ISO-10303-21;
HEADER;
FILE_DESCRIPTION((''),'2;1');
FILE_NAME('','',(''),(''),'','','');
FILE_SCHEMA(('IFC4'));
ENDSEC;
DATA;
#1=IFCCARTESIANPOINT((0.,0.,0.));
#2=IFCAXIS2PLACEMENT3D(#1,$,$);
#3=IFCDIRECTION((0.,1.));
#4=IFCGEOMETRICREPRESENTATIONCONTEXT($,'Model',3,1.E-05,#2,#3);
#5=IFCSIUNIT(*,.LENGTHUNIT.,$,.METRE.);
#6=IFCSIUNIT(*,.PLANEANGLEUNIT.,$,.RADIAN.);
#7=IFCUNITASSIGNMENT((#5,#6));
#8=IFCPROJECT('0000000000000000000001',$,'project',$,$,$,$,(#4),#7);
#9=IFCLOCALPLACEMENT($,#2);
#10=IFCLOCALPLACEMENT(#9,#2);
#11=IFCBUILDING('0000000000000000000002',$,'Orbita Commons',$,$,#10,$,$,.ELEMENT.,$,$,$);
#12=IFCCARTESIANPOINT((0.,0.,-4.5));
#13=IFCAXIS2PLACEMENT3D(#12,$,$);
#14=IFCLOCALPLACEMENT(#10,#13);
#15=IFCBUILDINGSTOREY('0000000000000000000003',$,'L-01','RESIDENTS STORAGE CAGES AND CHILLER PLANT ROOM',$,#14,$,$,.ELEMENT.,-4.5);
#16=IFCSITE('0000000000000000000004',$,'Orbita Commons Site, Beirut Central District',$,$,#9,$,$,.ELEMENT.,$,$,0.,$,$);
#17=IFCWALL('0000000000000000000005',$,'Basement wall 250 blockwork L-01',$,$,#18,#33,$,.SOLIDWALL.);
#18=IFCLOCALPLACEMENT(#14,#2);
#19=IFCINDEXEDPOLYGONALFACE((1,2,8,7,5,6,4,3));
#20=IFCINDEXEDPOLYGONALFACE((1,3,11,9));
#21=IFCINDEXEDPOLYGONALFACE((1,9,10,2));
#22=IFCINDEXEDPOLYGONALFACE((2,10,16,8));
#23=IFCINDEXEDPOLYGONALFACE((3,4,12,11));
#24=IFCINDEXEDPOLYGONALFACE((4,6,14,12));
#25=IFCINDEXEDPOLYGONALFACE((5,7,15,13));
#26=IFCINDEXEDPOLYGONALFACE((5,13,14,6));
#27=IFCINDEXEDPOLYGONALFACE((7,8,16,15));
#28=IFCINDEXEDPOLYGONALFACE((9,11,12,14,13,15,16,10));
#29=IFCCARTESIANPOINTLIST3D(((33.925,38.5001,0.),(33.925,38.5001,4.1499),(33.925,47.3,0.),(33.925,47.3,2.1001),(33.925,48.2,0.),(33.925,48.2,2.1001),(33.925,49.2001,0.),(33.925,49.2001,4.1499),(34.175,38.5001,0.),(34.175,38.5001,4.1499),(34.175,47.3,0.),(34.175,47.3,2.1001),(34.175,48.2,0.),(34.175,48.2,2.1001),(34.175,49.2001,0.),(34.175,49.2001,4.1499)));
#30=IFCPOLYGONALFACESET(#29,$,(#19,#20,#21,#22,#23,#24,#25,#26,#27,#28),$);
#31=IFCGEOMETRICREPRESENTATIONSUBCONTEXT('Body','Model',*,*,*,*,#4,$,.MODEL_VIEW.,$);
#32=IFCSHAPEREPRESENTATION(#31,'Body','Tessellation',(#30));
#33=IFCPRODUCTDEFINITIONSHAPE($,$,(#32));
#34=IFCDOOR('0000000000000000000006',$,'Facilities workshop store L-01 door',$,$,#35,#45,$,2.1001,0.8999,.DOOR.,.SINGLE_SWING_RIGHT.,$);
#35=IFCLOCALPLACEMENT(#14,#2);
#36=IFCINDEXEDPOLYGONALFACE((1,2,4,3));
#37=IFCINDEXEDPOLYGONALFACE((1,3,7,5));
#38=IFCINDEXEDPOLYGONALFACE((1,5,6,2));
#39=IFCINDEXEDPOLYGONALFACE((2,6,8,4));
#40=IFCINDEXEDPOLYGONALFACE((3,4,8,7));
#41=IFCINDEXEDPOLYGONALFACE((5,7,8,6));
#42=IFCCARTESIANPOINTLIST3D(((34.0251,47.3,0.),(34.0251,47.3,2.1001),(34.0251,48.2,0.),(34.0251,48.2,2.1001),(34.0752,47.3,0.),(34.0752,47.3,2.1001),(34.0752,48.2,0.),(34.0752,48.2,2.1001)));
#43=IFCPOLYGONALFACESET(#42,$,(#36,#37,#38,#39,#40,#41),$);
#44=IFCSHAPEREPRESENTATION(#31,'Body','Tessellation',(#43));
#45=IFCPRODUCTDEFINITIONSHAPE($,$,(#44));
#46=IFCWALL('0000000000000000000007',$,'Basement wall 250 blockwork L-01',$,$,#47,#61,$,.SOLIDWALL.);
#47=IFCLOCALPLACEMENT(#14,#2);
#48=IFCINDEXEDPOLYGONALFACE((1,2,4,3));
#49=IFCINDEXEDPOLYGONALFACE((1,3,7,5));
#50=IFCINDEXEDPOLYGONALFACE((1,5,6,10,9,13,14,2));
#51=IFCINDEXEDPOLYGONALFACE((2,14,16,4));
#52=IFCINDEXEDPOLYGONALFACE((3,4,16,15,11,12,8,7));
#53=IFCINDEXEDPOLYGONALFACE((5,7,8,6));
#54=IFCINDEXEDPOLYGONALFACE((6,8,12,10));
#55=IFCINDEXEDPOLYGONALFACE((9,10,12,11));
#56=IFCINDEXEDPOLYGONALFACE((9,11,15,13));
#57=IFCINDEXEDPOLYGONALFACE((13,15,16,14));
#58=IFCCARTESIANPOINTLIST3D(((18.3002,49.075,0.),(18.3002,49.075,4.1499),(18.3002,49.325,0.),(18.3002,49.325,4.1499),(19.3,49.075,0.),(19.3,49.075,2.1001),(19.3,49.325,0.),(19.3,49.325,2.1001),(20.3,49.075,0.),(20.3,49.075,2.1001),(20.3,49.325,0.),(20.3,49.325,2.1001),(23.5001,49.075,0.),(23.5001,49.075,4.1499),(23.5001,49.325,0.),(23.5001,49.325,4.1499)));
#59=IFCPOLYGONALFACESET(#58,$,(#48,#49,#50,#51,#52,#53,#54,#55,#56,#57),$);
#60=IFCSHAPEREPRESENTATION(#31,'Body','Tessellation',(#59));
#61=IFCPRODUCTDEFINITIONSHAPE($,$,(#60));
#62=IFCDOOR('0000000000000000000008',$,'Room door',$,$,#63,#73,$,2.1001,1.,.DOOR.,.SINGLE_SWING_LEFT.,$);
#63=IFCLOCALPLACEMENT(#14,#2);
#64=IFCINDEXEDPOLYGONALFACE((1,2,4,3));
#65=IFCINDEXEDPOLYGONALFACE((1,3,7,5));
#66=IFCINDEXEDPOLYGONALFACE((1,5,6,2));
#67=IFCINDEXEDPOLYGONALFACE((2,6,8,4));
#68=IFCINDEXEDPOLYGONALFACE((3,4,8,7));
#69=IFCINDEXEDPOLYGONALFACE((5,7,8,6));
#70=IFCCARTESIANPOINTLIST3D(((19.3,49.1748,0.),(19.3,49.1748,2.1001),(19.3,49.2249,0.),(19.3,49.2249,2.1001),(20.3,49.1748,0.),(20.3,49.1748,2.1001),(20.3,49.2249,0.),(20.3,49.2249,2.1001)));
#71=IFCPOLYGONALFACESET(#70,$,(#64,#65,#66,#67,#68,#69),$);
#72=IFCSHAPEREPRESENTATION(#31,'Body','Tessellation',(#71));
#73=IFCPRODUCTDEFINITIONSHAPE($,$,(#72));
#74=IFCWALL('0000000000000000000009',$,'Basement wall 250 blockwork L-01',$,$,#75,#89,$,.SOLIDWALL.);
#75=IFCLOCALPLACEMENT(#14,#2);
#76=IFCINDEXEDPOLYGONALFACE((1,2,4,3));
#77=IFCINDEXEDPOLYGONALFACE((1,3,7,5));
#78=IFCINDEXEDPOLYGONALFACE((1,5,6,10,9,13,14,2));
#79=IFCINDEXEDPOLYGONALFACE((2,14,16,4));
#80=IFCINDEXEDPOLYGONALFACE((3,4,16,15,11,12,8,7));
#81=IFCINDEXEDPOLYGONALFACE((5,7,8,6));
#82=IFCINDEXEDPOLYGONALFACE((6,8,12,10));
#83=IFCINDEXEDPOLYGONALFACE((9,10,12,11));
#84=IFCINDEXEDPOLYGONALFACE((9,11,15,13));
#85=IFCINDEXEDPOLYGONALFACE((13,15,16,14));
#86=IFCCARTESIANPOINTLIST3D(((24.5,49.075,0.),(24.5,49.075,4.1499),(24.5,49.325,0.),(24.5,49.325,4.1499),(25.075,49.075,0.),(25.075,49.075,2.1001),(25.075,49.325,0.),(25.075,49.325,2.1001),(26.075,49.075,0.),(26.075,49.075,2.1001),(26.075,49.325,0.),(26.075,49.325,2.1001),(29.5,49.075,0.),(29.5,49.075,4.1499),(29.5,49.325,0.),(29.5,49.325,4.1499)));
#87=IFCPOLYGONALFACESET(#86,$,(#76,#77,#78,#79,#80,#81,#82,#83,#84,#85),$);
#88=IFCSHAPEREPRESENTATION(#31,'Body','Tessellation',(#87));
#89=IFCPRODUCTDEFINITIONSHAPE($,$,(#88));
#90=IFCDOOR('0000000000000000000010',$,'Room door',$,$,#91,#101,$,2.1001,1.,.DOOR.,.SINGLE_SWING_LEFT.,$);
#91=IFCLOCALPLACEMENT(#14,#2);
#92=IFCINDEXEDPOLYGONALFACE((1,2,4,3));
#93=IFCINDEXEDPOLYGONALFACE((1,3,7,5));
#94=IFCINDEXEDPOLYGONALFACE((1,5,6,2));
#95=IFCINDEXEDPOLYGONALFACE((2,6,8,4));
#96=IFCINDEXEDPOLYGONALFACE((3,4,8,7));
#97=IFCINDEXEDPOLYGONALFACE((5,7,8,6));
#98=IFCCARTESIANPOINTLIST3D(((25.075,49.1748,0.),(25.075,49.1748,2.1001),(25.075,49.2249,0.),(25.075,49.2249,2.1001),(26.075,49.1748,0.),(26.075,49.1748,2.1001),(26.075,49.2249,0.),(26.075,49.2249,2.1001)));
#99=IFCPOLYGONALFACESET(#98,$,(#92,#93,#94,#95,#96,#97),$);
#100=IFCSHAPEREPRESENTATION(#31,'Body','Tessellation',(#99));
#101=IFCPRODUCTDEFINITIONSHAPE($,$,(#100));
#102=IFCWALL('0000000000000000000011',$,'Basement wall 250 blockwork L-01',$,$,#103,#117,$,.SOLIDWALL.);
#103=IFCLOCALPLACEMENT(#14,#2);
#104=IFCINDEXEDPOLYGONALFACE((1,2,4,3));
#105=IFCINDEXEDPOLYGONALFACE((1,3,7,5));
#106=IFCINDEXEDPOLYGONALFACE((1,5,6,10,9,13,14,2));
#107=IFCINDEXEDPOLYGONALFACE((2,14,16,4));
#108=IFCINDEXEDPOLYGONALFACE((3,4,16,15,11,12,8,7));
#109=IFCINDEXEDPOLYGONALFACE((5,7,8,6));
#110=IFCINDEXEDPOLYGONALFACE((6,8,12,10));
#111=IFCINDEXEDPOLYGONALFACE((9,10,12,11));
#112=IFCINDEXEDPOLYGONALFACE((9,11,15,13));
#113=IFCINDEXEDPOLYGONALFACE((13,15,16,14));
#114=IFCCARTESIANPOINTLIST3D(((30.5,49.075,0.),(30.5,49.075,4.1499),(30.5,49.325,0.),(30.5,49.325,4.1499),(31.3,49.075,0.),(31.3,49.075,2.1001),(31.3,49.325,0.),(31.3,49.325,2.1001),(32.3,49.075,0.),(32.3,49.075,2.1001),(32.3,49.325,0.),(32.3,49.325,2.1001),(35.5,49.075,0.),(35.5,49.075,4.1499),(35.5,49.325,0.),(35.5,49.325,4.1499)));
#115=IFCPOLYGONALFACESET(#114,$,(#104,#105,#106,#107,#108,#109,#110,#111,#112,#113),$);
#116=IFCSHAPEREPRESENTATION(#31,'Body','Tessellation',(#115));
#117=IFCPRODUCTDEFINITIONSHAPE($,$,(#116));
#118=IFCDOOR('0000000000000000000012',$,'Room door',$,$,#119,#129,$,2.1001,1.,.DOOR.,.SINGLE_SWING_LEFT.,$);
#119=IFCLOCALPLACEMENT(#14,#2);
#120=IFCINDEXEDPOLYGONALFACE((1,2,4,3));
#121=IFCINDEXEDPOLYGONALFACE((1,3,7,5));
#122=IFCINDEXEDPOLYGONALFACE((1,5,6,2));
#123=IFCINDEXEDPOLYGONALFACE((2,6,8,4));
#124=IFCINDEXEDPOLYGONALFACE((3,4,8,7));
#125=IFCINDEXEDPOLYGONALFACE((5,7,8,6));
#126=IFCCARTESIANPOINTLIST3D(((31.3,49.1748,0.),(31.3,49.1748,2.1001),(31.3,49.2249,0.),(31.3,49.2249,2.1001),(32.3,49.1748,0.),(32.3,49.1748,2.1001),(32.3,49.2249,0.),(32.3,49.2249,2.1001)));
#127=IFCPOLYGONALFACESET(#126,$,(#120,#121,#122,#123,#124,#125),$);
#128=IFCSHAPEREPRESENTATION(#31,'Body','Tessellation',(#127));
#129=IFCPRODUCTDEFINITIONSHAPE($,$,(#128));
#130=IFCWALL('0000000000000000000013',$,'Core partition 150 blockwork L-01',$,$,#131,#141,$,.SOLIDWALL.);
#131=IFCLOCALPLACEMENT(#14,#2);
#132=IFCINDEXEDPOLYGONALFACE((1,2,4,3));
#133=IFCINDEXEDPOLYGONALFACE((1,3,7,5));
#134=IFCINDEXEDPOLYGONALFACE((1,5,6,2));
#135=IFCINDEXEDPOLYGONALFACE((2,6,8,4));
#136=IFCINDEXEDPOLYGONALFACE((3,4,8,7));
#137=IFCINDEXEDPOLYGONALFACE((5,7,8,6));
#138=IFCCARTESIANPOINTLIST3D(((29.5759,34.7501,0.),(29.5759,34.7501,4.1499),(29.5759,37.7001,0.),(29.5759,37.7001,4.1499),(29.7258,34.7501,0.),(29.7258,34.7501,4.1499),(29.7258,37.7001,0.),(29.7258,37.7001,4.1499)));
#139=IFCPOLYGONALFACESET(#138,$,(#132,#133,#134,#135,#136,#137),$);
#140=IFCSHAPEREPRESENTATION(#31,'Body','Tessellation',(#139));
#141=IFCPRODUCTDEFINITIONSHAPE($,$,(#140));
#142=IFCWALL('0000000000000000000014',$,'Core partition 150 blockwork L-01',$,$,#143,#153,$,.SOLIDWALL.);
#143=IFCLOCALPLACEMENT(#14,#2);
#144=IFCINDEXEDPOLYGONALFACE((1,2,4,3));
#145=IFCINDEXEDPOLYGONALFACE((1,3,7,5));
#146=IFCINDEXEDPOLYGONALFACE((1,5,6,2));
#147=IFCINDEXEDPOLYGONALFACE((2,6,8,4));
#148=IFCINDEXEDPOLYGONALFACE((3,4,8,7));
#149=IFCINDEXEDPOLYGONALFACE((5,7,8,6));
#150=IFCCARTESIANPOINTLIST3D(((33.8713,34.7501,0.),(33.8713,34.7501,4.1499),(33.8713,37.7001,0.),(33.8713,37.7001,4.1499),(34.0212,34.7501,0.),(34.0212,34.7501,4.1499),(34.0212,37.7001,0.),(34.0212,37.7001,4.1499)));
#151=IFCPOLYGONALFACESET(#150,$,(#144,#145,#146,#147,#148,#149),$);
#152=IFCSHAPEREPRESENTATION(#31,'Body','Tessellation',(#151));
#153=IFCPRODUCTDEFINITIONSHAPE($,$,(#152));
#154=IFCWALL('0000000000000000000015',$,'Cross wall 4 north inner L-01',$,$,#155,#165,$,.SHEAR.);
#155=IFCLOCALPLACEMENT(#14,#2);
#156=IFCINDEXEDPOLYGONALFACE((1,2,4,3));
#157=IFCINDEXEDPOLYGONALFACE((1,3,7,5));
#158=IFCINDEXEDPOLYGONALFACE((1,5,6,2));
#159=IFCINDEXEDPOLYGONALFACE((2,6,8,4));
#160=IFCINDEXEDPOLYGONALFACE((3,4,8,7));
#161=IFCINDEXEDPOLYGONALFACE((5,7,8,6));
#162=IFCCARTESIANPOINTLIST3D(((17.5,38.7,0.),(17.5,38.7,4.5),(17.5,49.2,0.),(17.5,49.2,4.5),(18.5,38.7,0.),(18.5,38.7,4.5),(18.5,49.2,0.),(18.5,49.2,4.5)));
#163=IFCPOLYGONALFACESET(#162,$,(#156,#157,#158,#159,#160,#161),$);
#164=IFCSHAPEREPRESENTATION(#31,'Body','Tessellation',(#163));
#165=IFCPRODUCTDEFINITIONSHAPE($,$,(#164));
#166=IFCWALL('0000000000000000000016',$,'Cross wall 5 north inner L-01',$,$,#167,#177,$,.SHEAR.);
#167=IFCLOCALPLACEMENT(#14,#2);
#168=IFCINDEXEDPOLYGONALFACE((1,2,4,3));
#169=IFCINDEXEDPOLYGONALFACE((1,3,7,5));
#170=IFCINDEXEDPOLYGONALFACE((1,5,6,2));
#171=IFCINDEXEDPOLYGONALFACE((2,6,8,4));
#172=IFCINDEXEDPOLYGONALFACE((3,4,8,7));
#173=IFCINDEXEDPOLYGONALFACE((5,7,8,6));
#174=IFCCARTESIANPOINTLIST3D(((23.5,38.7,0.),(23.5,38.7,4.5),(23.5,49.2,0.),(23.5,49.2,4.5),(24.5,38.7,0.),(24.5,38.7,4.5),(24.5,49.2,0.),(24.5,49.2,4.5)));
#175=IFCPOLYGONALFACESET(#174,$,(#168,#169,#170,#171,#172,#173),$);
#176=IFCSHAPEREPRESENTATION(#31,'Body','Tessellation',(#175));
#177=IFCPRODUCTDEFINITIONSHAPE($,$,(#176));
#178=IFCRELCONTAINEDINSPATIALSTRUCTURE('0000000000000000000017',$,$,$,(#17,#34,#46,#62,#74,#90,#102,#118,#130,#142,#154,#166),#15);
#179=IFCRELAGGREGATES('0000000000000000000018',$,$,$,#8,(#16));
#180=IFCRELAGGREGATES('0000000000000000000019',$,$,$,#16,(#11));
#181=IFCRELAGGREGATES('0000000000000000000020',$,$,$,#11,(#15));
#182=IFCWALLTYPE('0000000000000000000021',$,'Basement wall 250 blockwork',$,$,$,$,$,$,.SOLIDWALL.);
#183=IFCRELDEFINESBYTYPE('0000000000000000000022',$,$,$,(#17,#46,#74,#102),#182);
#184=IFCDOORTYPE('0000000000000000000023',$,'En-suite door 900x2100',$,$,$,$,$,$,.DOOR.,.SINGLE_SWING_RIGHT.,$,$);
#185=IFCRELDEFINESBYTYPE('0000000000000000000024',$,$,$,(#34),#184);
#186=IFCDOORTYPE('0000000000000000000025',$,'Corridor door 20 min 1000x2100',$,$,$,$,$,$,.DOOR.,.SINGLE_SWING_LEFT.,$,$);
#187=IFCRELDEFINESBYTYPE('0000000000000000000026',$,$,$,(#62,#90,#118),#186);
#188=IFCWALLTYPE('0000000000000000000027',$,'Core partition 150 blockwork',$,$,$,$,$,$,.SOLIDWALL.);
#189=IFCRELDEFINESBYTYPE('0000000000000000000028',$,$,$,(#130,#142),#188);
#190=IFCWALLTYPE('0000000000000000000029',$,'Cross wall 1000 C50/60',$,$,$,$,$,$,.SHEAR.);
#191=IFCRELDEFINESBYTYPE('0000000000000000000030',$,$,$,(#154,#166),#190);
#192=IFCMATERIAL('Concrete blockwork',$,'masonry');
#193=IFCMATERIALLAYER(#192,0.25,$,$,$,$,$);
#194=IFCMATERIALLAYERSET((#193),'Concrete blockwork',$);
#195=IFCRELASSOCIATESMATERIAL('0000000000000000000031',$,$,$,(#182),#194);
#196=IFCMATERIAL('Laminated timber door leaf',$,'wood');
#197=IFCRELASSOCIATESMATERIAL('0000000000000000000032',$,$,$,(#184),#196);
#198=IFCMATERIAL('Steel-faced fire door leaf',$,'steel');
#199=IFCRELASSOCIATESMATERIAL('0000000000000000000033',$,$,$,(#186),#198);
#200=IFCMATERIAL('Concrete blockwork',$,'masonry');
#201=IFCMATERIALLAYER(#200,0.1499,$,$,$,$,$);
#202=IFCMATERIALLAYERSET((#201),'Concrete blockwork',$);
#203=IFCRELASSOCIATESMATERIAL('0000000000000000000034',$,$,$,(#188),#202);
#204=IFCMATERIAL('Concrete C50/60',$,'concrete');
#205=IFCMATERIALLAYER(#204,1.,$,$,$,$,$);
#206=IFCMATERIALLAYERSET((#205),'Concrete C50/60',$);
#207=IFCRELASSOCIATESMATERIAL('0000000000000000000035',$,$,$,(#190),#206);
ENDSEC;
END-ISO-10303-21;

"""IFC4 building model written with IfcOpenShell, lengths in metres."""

from ifc_helpers import new_model, si_unit, direction, frame, frame_2d, origin, place, context, subcontext, project, spatial, rectangle, extrude, material, layer, layer_set, type_object, element, fill, save


model = new_model("IFC4")

# Units and contexts
model_context = context("Model", 3, precision=1e-05, world=origin(), true_north=direction((0.0, 1.0)))
body_context = subcontext(model_context, "Body", "Model", "MODEL_VIEW")
ifc_project = project(units=[si_unit("LENGTHUNIT", "METRE"), si_unit("PLANEANGLEUNIT", "RADIAN")], contexts=[model_context])

# Site, building, storey
site_placement = place(None, origin())
site = spatial("IfcSite", under=ifc_project, at=site_placement, Name="Orbita Commons Site, Beirut Central District", CompositionType="ELEMENT", RefElevation=0.0)
building_placement = place(site_placement, origin())
building = spatial("IfcBuilding", under=site, at=building_placement, Name="Orbita Commons", CompositionType="ELEMENT")
storey_placement = place(building_placement, frame((0.0, 0.0, -4.5)))
storey = spatial("IfcBuildingStorey", under=building, at=storey_placement, Name="L-01", Description="RESIDENTS STORAGE CAGES AND CHILLER PLANT ROOM", CompositionType="ELEMENT", Elevation=-4.5)

# Walls, openings, doors
ifc_material_1 = material(Name="Concrete blockwork", Category="masonry")
ifc_layer_1 = layer(ifc_material_1, 0.25)
ifc_layer_set_1 = layer_set([ifc_layer_1], Name="Concrete blockwork")
wall_type_1 = type_object("IfcWallType", Name="Basement wall 250 blockwork", PredefinedType="SOLIDWALL", material=ifc_layer_set_1)
wall_1_placement = place(storey_placement, frame((34.05, 38.5, 0.0), z_axis=(0.0, 0.0, 1.0), x_axis=(0.0, 1.0, 0.0)))
wall_1 = element("IfcWall", 1, at=wall_1_placement, inside=storey, type_object=wall_type_1, Name="Basement wall 250 blockwork L-01", PredefinedType="SOLIDWALL", context=body_context, shape_type="SweptSolid", body=[
    extrude(rectangle(XDim=10.7, YDim=0.25, at=frame_2d((5.3501, 0.0))), origin(), (0.0, 0.0, 1.0), 4.1499),
])
opening_1_placement = place(wall_1_placement, frame((8.8, 0.0, 0.0)))
opening_1 = element("IfcOpeningElement", 2, at=opening_1_placement, cuts=wall_1, PredefinedType="OPENING", context=body_context, shape_type="SweptSolid", body=[
    extrude(rectangle(XDim=0.8999, YDim=2.1001, at=frame_2d((0.45, 1.05))), frame((0.0, 0.135, 0.0), z_axis=(0.0, -1.0, 0.0), x_axis=(1.0, 0.0, 0.0)), (0.0, 0.0, 1.0), 0.27),
])
ifc_material_2 = material(Name="Laminated timber door leaf", Category="wood")
door_type_1 = type_object("IfcDoorType", Name="En-suite door 900x2100", OperationType="SINGLE_SWING_RIGHT", PredefinedType="DOOR", material=ifc_material_2)
door_1_placement = place(opening_1_placement, origin())
door_1 = element("IfcDoor", 3, at=door_1_placement, inside=storey, type_object=door_type_1, Name="Facilities workshop store L-01 door", OperationType="SINGLE_SWING_RIGHT", OverallHeight=2.1001, OverallWidth=0.8999, PredefinedType="DOOR", context=body_context, shape_type="SweptSolid", body=[
    extrude(rectangle(XDim=0.8999, YDim=2.1001, at=frame_2d((0.45, 1.05))), frame((0.0, 0.0249, 0.0), z_axis=(0.0, -1.0, 0.0), x_axis=(1.0, 0.0, 0.0)), (0.0, 0.0, 1.0), 0.05),
])
fill(opening_1, door_1)
wall_2_placement = place(storey_placement, frame((18.3, 49.2, 0.0), z_axis=(0.0, 0.0, 1.0), x_axis=(1.0, 0.0, 0.0)))
wall_2 = element("IfcWall", 4, at=wall_2_placement, inside=storey, type_object=wall_type_1, Name="Basement wall 250 blockwork L-01", PredefinedType="SOLIDWALL", context=body_context, shape_type="SweptSolid", body=[
    extrude(rectangle(XDim=5.2, YDim=0.25, at=frame_2d((2.6001, 0.0))), origin(), (0.0, 0.0, 1.0), 4.1499),
])
opening_2_placement = place(wall_2_placement, frame((1.0, 0.0, 0.0)))
opening_2 = element("IfcOpeningElement", 5, at=opening_2_placement, cuts=wall_2, PredefinedType="OPENING", context=body_context, shape_type="SweptSolid", body=[
    extrude(rectangle(XDim=1.0, YDim=2.1001, at=frame_2d((0.5, 1.05))), frame((0.0, 0.135, 0.0), z_axis=(0.0, -1.0, 0.0), x_axis=(1.0, 0.0, 0.0)), (0.0, 0.0, 1.0), 0.27),
])
ifc_material_3 = material(Name="Steel-faced fire door leaf", Category="steel")
door_type_2 = type_object("IfcDoorType", Name="Corridor door 20 min 1000x2100", OperationType="SINGLE_SWING_LEFT", PredefinedType="DOOR", material=ifc_material_3)
door_2_placement = place(opening_2_placement, origin())
door_2 = element("IfcDoor", 6, at=door_2_placement, inside=storey, type_object=door_type_2, Name="Room door", OperationType="SINGLE_SWING_LEFT", OverallHeight=2.1001, OverallWidth=1.0, PredefinedType="DOOR", context=body_context, shape_type="SweptSolid", body=[
    extrude(rectangle(XDim=1.0, YDim=2.1001, at=frame_2d((0.5, 1.05))), frame((0.0, 0.0249, 0.0), z_axis=(0.0, -1.0, 0.0), x_axis=(1.0, 0.0, 0.0)), (0.0, 0.0, 1.0), 0.05),
])
fill(opening_2, door_2)
wall_3_placement = place(storey_placement, frame((24.5, 49.2, 0.0), z_axis=(0.0, 0.0, 1.0), x_axis=(1.0, 0.0, 0.0)))
wall_3 = element("IfcWall", 7, at=wall_3_placement, inside=storey, type_object=wall_type_1, Name="Basement wall 250 blockwork L-01", PredefinedType="SOLIDWALL", context=body_context, shape_type="SweptSolid", body=[
    extrude(rectangle(XDim=5.0, YDim=0.25, at=frame_2d((2.5, 0.0))), origin(), (0.0, 0.0, 1.0), 4.1499),
])
opening_3_placement = place(wall_3_placement, frame((0.575, 0.0, 0.0)))
opening_3 = element("IfcOpeningElement", 8, at=opening_3_placement, cuts=wall_3, PredefinedType="OPENING", context=body_context, shape_type="SweptSolid", body=[
    extrude(rectangle(XDim=1.0, YDim=2.1001, at=frame_2d((0.5, 1.05))), frame((0.0, 0.135, 0.0), z_axis=(0.0, -1.0, 0.0), x_axis=(1.0, 0.0, 0.0)), (0.0, 0.0, 1.0), 0.27),
])
door_3_placement = place(opening_3_placement, origin())
door_3 = element("IfcDoor", 9, at=door_3_placement, inside=storey, type_object=door_type_2, Name="Room door", OperationType="SINGLE_SWING_LEFT", OverallHeight=2.1001, OverallWidth=1.0, PredefinedType="DOOR", context=body_context, shape_type="SweptSolid", body=[
    extrude(rectangle(XDim=1.0, YDim=2.1001, at=frame_2d((0.5, 1.05))), frame((0.0, 0.0249, 0.0), z_axis=(0.0, -1.0, 0.0), x_axis=(1.0, 0.0, 0.0)), (0.0, 0.0, 1.0), 0.05),
])
fill(opening_3, door_3)
wall_4_placement = place(storey_placement, frame((30.5, 49.2, 0.0), z_axis=(0.0, 0.0, 1.0), x_axis=(1.0, 0.0, 0.0)))
wall_4 = element("IfcWall", 10, at=wall_4_placement, inside=storey, type_object=wall_type_1, Name="Basement wall 250 blockwork L-01", PredefinedType="SOLIDWALL", context=body_context, shape_type="SweptSolid", body=[
    extrude(rectangle(XDim=5.0, YDim=0.25, at=frame_2d((2.5, 0.0))), origin(), (0.0, 0.0, 1.0), 4.1499),
])
opening_4_placement = place(wall_4_placement, frame((0.8, 0.0, 0.0)))
opening_4 = element("IfcOpeningElement", 11, at=opening_4_placement, cuts=wall_4, PredefinedType="OPENING", context=body_context, shape_type="SweptSolid", body=[
    extrude(rectangle(XDim=1.0, YDim=2.1001, at=frame_2d((0.5, 1.05))), frame((0.0, 0.135, 0.0), z_axis=(0.0, -1.0, 0.0), x_axis=(1.0, 0.0, 0.0)), (0.0, 0.0, 1.0), 0.27),
])
door_4_placement = place(opening_4_placement, origin())
door_4 = element("IfcDoor", 12, at=door_4_placement, inside=storey, type_object=door_type_2, Name="Room door", OperationType="SINGLE_SWING_LEFT", OverallHeight=2.1001, OverallWidth=1.0, PredefinedType="DOOR", context=body_context, shape_type="SweptSolid", body=[
    extrude(rectangle(XDim=1.0, YDim=2.1001, at=frame_2d((0.5, 1.05))), frame((0.0, 0.0249, 0.0), z_axis=(0.0, -1.0, 0.0), x_axis=(1.0, 0.0, 0.0)), (0.0, 0.0, 1.0), 0.05),
])
fill(opening_4, door_4)

# Walls
ifc_material_4 = material(Name="Concrete blockwork", Category="masonry")
ifc_layer_2 = layer(ifc_material_4, 0.1499)
ifc_layer_set_2 = layer_set([ifc_layer_2], Name="Concrete blockwork")
wall_type_2 = type_object("IfcWallType", Name="Core partition 150 blockwork", PredefinedType="SOLIDWALL", material=ifc_layer_set_2)
for number, where, z_axis, x_axis, name in (
    (13, (29.6509, 34.75, 0.0), (0.0, 0.0, 1.0), (0.0, 1.0, 0.0), "Core partition 150 blockwork L-01"),
    (14, (33.9463, 34.75, 0.0), (0.0, 0.0, 1.0), (0.0, 1.0, 0.0), "Core partition 150 blockwork L-01"),
):
    element("IfcWall", number, at=place(storey_placement, frame(where, z_axis=z_axis, x_axis=x_axis)), inside=storey, type_object=wall_type_2, Name=name, PredefinedType="SOLIDWALL", context=body_context, shape_type="SweptSolid", body=[
        extrude(rectangle(XDim=2.95, YDim=0.1499, at=frame_2d((1.4751, 0.0))), origin(), (0.0, 0.0, 1.0), 4.1499),
    ])
ifc_material_5 = material(Name="Concrete C50/60", Category="concrete")
ifc_layer_3 = layer(ifc_material_5, 1.0)
ifc_layer_set_3 = layer_set([ifc_layer_3], Name="Concrete C50/60")
wall_type_3 = type_object("IfcWallType", Name="Cross wall 1000 C50/60", PredefinedType="SHEAR", material=ifc_layer_set_3)
for number, where, z_axis, x_axis, name in (
    (15, (18.0, 38.7, 0.0), (0.0, 0.0, 1.0), (0.0, 1.0, 0.0), "Cross wall 4 north inner L-01"),
    (16, (24.0, 38.7, 0.0), (0.0, 0.0, 1.0), (0.0, 1.0, 0.0), "Cross wall 5 north inner L-01"),
):
    element("IfcWall", number, at=place(storey_placement, frame(where, z_axis=z_axis, x_axis=x_axis)), inside=storey, type_object=wall_type_3, Name=name, PredefinedType="SHEAR", context=body_context, shape_type="SweptSolid", body=[
        extrude(rectangle(XDim=10.5, YDim=1.0, at=frame_2d((5.25, 0.0))), origin(), (0.0, 0.0, 1.0), 4.5),
    ])

save(model, "model.ifc")
